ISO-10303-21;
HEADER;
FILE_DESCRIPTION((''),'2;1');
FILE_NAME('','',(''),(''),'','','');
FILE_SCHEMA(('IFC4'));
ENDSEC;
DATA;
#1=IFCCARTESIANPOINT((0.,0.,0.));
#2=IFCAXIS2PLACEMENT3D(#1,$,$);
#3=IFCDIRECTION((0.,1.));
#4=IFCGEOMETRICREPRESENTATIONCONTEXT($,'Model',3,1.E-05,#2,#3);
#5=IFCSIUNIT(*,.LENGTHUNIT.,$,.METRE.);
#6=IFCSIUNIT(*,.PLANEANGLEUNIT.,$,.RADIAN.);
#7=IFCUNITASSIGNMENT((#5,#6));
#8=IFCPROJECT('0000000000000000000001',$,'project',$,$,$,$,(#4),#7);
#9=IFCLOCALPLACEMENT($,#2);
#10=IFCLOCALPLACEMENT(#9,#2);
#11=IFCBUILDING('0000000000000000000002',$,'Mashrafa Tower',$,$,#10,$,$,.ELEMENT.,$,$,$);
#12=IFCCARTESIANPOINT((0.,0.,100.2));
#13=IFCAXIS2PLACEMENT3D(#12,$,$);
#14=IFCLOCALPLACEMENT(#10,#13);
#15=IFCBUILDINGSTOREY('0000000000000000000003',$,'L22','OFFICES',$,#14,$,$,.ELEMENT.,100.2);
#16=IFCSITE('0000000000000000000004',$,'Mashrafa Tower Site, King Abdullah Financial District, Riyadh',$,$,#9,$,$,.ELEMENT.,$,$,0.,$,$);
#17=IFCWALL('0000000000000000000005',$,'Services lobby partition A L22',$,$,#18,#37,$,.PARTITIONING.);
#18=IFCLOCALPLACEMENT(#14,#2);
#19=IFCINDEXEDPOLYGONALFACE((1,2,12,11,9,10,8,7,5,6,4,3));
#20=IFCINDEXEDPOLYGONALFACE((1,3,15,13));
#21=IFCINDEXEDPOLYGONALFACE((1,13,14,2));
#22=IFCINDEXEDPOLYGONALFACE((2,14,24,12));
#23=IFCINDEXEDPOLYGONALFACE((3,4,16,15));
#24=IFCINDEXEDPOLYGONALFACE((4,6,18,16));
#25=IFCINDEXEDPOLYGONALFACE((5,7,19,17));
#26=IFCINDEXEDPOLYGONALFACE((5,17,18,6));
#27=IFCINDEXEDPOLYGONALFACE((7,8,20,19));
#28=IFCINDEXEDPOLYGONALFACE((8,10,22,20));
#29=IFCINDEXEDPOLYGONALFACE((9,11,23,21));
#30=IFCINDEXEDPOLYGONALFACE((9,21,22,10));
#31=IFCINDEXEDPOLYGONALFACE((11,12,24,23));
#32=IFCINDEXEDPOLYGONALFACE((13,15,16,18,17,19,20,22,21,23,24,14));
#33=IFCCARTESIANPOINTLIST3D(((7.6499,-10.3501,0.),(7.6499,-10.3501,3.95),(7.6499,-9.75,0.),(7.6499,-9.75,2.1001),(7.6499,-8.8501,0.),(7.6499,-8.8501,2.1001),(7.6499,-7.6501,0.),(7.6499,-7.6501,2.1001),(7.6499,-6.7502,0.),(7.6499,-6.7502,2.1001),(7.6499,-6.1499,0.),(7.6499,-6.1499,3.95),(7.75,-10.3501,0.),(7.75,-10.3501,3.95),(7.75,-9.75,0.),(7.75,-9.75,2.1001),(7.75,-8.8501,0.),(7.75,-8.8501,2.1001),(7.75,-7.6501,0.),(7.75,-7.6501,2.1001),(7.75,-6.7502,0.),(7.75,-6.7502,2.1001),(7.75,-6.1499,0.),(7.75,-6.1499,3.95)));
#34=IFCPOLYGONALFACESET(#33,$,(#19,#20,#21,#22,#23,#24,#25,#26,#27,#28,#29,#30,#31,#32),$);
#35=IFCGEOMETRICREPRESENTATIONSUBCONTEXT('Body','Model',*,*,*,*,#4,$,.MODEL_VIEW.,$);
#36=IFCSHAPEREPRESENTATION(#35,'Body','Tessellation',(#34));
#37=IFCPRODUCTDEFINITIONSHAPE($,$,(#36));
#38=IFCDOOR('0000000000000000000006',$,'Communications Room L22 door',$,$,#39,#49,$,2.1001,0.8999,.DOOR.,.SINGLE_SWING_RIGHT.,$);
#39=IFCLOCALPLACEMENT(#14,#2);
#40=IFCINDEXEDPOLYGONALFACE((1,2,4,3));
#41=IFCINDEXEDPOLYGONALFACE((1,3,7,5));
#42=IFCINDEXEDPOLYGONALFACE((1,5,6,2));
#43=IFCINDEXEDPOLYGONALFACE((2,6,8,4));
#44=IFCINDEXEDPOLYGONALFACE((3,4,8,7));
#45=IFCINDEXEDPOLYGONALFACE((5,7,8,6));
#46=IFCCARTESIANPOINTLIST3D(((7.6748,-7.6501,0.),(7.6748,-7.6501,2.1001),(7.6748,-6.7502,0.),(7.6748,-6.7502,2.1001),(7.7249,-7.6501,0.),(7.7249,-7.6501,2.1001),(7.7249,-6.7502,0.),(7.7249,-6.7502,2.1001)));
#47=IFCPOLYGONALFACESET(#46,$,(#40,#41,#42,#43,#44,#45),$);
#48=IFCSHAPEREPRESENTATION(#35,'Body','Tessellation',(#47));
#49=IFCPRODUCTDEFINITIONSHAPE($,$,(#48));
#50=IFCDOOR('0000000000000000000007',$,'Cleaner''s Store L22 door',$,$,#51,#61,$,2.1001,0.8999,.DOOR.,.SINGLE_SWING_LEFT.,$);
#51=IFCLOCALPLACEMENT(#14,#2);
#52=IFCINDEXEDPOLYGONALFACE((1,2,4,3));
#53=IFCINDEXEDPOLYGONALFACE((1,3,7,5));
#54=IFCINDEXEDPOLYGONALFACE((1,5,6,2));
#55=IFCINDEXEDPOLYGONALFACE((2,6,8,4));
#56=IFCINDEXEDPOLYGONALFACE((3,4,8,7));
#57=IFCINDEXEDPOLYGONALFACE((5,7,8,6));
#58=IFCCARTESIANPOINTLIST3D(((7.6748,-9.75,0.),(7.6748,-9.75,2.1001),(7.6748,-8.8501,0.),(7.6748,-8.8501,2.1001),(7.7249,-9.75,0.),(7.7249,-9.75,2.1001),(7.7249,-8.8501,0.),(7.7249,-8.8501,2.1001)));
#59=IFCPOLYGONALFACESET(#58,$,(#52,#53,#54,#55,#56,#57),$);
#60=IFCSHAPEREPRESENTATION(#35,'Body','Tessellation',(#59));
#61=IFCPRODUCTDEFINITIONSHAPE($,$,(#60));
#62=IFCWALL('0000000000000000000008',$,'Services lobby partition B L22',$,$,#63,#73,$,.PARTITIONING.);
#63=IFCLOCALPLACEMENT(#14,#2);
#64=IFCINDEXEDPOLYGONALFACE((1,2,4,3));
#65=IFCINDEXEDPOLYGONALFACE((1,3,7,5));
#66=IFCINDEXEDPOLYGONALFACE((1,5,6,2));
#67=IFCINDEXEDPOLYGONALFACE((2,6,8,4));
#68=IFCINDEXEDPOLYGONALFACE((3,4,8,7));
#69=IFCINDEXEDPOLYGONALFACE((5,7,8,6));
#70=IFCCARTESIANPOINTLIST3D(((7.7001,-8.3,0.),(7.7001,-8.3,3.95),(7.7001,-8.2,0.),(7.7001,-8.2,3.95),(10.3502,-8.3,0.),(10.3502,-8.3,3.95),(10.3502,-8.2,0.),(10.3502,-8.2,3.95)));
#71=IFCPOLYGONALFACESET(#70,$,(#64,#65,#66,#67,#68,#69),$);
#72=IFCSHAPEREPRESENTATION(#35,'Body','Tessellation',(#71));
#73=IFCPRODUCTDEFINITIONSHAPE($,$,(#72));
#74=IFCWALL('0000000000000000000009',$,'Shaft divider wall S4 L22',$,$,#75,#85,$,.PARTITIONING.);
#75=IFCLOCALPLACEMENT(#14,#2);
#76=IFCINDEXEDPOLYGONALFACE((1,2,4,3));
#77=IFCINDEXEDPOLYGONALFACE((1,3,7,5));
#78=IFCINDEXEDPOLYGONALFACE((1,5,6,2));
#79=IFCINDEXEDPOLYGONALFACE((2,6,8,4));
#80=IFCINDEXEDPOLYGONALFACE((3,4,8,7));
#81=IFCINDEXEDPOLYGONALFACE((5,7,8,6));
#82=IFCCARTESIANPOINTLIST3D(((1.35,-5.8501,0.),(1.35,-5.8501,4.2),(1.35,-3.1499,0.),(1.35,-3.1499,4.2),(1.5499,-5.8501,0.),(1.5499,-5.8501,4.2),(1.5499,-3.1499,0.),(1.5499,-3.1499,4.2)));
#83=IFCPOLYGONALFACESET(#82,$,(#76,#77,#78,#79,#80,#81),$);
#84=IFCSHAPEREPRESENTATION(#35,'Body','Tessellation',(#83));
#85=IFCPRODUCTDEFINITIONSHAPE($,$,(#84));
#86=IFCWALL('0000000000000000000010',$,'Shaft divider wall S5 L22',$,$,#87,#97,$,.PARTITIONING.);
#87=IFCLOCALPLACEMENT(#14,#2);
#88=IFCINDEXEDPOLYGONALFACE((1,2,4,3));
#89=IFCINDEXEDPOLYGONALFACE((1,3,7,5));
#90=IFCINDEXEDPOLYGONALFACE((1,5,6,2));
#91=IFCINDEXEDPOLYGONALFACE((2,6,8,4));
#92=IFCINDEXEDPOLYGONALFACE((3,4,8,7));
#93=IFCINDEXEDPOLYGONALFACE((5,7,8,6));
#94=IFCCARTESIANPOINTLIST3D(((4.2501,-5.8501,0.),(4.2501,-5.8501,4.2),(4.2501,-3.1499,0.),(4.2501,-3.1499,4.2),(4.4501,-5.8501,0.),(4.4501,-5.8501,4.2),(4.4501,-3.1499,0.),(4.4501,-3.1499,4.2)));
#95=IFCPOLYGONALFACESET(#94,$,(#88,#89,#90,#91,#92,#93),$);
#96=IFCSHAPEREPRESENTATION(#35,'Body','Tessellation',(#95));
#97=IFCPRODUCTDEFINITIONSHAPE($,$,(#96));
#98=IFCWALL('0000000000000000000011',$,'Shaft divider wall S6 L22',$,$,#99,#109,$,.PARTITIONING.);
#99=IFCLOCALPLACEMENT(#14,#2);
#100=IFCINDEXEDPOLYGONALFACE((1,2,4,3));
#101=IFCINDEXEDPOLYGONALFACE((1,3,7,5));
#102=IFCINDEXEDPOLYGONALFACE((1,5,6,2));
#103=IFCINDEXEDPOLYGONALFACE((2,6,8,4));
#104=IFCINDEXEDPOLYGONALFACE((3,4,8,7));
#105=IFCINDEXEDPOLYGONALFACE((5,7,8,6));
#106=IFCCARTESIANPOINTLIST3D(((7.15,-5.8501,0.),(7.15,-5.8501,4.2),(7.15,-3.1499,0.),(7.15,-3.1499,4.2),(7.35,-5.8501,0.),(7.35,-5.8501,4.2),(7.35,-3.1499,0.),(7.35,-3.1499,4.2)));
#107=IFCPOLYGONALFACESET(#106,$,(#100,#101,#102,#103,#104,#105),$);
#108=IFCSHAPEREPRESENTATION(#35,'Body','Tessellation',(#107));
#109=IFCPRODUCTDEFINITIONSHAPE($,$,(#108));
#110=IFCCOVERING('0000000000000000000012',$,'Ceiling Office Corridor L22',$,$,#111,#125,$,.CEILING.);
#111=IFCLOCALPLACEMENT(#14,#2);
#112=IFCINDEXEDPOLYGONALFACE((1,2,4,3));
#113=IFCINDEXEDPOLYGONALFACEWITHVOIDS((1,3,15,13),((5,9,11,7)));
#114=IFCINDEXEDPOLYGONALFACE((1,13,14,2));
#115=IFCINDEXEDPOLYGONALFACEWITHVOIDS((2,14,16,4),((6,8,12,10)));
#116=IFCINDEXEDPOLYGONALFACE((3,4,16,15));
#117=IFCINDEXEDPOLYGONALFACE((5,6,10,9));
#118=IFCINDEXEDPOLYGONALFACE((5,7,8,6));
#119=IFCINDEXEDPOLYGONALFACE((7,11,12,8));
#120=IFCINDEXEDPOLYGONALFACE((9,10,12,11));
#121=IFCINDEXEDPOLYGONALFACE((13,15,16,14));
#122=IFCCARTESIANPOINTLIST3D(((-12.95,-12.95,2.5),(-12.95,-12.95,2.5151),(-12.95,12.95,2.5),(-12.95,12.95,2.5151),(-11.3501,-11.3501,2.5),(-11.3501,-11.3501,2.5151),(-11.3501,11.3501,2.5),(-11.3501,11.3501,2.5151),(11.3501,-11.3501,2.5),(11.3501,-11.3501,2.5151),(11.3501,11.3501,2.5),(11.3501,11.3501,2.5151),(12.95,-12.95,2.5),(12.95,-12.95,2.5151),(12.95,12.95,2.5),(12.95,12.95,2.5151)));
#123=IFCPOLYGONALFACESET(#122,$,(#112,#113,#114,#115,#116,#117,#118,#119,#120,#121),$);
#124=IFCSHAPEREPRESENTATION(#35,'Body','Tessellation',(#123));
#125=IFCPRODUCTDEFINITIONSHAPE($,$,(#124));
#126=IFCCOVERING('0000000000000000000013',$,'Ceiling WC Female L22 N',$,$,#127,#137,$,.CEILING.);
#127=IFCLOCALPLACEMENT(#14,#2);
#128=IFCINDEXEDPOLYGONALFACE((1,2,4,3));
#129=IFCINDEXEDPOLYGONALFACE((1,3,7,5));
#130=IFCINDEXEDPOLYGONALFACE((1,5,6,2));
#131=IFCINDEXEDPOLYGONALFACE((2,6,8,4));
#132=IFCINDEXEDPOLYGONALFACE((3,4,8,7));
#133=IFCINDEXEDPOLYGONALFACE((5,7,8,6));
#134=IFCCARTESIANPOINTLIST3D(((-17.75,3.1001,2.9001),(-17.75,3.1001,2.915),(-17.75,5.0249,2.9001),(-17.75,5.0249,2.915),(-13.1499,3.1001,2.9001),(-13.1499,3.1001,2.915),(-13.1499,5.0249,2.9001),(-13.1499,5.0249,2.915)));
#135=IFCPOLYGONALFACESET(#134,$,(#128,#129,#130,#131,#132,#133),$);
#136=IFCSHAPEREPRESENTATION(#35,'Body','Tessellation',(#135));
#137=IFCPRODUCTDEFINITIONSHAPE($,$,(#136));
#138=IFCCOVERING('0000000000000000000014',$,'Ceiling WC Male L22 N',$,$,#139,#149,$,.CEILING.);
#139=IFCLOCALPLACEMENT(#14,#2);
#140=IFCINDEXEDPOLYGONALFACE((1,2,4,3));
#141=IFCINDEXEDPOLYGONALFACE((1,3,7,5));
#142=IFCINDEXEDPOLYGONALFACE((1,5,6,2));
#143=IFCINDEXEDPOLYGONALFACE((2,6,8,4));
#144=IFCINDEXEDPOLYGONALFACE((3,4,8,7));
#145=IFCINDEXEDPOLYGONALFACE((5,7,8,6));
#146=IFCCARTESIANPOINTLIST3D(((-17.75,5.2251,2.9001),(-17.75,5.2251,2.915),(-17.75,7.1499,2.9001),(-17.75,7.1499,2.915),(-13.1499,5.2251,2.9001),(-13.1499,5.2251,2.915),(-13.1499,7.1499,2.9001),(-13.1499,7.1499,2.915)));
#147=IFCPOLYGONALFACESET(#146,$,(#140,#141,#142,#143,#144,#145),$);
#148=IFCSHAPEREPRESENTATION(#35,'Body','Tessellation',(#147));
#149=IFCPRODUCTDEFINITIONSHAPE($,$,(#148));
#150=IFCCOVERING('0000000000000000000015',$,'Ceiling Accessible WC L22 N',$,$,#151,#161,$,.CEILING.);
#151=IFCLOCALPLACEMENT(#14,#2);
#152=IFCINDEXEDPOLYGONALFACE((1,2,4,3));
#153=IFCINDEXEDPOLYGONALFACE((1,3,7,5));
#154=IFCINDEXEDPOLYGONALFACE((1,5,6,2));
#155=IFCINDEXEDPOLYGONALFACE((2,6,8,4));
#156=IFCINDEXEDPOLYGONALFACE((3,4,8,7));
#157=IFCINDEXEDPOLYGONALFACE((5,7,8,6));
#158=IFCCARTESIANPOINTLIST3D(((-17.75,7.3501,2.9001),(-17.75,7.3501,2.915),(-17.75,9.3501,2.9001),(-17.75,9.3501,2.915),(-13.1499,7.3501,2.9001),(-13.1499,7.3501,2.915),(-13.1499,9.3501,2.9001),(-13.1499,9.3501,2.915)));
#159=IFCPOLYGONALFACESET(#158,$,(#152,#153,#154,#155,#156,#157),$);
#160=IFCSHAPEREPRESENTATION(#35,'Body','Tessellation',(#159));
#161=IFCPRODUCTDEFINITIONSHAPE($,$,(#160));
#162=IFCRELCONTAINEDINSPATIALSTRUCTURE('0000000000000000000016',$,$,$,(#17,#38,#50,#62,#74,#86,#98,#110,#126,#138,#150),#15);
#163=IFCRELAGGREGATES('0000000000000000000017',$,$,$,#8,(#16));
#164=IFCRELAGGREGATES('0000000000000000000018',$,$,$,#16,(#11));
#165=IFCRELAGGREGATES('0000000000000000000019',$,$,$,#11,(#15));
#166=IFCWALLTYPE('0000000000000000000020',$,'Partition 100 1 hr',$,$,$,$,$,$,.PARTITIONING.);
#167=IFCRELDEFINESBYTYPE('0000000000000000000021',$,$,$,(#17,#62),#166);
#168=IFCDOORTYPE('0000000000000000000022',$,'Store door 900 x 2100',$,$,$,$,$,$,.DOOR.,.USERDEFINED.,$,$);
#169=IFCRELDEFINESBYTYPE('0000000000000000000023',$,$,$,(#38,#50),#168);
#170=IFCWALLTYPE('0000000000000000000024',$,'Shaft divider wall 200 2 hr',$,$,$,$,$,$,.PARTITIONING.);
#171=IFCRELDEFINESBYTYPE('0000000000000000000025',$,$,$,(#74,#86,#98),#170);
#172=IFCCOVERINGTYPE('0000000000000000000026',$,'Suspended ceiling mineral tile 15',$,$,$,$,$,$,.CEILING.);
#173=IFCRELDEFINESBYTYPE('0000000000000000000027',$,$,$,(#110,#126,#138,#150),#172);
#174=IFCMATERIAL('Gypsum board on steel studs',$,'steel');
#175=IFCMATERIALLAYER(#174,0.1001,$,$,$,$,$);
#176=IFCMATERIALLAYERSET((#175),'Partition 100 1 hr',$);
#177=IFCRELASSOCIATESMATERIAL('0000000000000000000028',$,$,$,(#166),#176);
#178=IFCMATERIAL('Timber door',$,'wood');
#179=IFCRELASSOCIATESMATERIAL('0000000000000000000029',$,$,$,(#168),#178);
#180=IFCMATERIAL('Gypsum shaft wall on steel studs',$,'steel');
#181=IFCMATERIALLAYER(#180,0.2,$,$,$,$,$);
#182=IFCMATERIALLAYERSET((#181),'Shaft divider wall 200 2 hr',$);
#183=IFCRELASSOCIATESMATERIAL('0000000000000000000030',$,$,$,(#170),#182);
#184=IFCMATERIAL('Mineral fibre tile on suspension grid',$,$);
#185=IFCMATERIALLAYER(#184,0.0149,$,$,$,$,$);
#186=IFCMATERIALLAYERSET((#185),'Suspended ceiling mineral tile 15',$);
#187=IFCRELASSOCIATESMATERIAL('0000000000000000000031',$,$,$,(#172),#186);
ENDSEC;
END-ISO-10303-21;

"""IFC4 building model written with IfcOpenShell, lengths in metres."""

from ifc_helpers import new_model, si_unit, direction, frame, frame_2d, origin, place, context, subcontext, project, spatial, polyline, rectangle, outline, extrude, material, layer, layer_set, type_object, element, fill, save


model = new_model("IFC4")

# Units and contexts
model_context = context("Model", 3, precision=1e-05, world=origin(), true_north=direction((0.0, 1.0)))
body_context = subcontext(model_context, "Body", "Model", "MODEL_VIEW")
ifc_project = project(units=[si_unit("LENGTHUNIT", "METRE"), si_unit("PLANEANGLEUNIT", "RADIAN")], contexts=[model_context])

# Site, building, storey
site_placement = place(None, origin())
site = spatial("IfcSite", under=ifc_project, at=site_placement, Name="Mashrafa Tower Site, King Abdullah Financial District, Riyadh", CompositionType="ELEMENT", RefElevation=0.0)
building_placement = place(site_placement, origin())
building = spatial("IfcBuilding", under=site, at=building_placement, Name="Mashrafa Tower", CompositionType="ELEMENT")
storey_placement = place(building_placement, frame((0.0, 0.0, 100.2)))
storey = spatial("IfcBuildingStorey", under=building, at=storey_placement, Name="L22", Description="OFFICES", CompositionType="ELEMENT", Elevation=100.2)

# Wall, openings, doors
ifc_material_1 = material(Name="Gypsum board on steel studs", Category="steel")
ifc_layer_1 = layer(ifc_material_1, 0.1001)
ifc_layer_set_1 = layer_set([ifc_layer_1], Name="Partition 100 1 hr")
wall_type_1 = type_object("IfcWallType", Name="Partition 100 1 hr", PredefinedType="PARTITIONING", material=ifc_layer_set_1)
wall_1_placement = place(storey_placement, frame((7.7, -10.3501, 0.0), z_axis=(0.0, 0.0, 1.0), x_axis=(0.0, 1.0, 0.0)))
wall_1 = element("IfcWall", 1, at=wall_1_placement, inside=storey, type_object=wall_type_1, Name="Services lobby partition A L22", PredefinedType="PARTITIONING", context=body_context, shape_type="SweptSolid", body=[
    extrude(rectangle(XDim=4.2002, YDim=0.1001, at=frame_2d((2.1001, 0.0))), origin(), (0.0, 0.0, 1.0), 3.95),
])
opening_1_placement = place(wall_1_placement, frame((2.7, 0.0, 0.0)))
opening_1 = element("IfcOpeningElement", 2, at=opening_1_placement, cuts=wall_1, PredefinedType="OPENING", context=body_context, shape_type="SweptSolid", body=[
    extrude(rectangle(XDim=0.8999, YDim=2.1001, at=frame_2d((0.45, 1.05))), frame((0.0, 0.0601, 0.0), z_axis=(0.0, -1.0, 0.0), x_axis=(1.0, 0.0, 0.0)), (0.0, 0.0, 1.0), 0.1201),
])
opening_2_placement = place(wall_1_placement, frame((0.6001, 0.0, 0.0)))
opening_2 = element("IfcOpeningElement", 3, at=opening_2_placement, cuts=wall_1, PredefinedType="OPENING", context=body_context, shape_type="SweptSolid", body=[
    extrude(rectangle(XDim=0.8999, YDim=2.1001, at=frame_2d((0.45, 1.05))), frame((0.0, 0.0601, 0.0), z_axis=(0.0, -1.0, 0.0), x_axis=(1.0, 0.0, 0.0)), (0.0, 0.0, 1.0), 0.1201),
])
ifc_material_2 = material(Name="Timber door", Category="wood")
door_type_1 = type_object("IfcDoorType", Name="Store door 900 x 2100", OperationType="USERDEFINED", PredefinedType="DOOR", material=ifc_material_2)
door_1_placement = place(opening_1_placement, frame((0.8999, 0.0, 0.0), z_axis=(0.0, 0.0, 1.0), x_axis=(-1.0, 0.0, 0.0)))
door_1 = element("IfcDoor", 4, at=door_1_placement, inside=storey, type_object=door_type_1, Name="Communications Room L22 door", OperationType="SINGLE_SWING_RIGHT", OverallHeight=2.1001, OverallWidth=0.8999, PredefinedType="DOOR", context=body_context, shape_type="SweptSolid", body=[
    extrude(rectangle(XDim=0.8999, YDim=2.1001, at=frame_2d((0.45, 1.05))), frame((0.0, 0.0249, 0.0), z_axis=(0.0, -1.0, 0.0), x_axis=(1.0, 0.0, 0.0)), (0.0, 0.0, 1.0), 0.05),
])
fill(opening_1, door_1)
door_2_placement = place(opening_2_placement, frame((0.8999, 0.0, 0.0), z_axis=(0.0, 0.0, 1.0), x_axis=(-1.0, 0.0, 0.0)))
door_2 = element("IfcDoor", 5, at=door_2_placement, inside=storey, type_object=door_type_1, Name="Cleaner's Store L22 door", OperationType="SINGLE_SWING_LEFT", OverallHeight=2.1001, OverallWidth=0.8999, PredefinedType="DOOR", context=body_context, shape_type="SweptSolid", body=[
    extrude(rectangle(XDim=0.8999, YDim=2.1001, at=frame_2d((0.45, 1.05))), frame((0.0, 0.0249, 0.0), z_axis=(0.0, -1.0, 0.0), x_axis=(1.0, 0.0, 0.0)), (0.0, 0.0, 1.0), 0.05),
])
fill(opening_2, door_2)

# Walls
wall_2_placement = place(storey_placement, frame((7.7, -8.25, 0.0), z_axis=(0.0, 0.0, 1.0), x_axis=(1.0, 0.0, 0.0)))
element("IfcWall", 6, at=wall_2_placement, inside=storey, type_object=wall_type_1, Name="Services lobby partition B L22", PredefinedType="PARTITIONING", context=body_context, shape_type="SweptSolid", body=[
    extrude(rectangle(XDim=2.6501, YDim=0.1001, at=frame_2d((1.3252, 0.0))), origin(), (0.0, 0.0, 1.0), 3.95),
])
ifc_material_3 = material(Name="Gypsum shaft wall on steel studs", Category="steel")
ifc_layer_2 = layer(ifc_material_3, 0.2)
ifc_layer_set_2 = layer_set([ifc_layer_2], Name="Shaft divider wall 200 2 hr")
wall_type_2 = type_object("IfcWallType", Name="Shaft divider wall 200 2 hr", PredefinedType="PARTITIONING", material=ifc_layer_set_2)
for number, where, z_axis, x_axis, name in (
    (7, (1.45, -5.8501, 0.0), (0.0, 0.0, 1.0), (0.0, 1.0, 0.0), "Shaft divider wall S4 L22"),
    (8, (4.3501, -5.8501, 0.0), (0.0, 0.0, 1.0), (0.0, 1.0, 0.0), "Shaft divider wall S5 L22"),
    (9, (7.25, -5.8501, 0.0), (0.0, 0.0, 1.0), (0.0, 1.0, 0.0), "Shaft divider wall S6 L22"),
):
    element("IfcWall", number, at=place(storey_placement, frame(where, z_axis=z_axis, x_axis=x_axis)), inside=storey, type_object=wall_type_2, Name=name, PredefinedType="PARTITIONING", context=body_context, shape_type="SweptSolid", body=[
        extrude(rectangle(XDim=2.7002, YDim=0.2, at=frame_2d((1.3501, 0.0))), origin(), (0.0, 0.0, 1.0), 4.2),
    ])

# Coverings
ifc_material_4 = material(Name="Mineral fibre tile on suspension grid")
ifc_layer_3 = layer(ifc_material_4, 0.0149)
ifc_layer_set_3 = layer_set([ifc_layer_3], Name="Suspended ceiling mineral tile 15")
covering_type = type_object("IfcCoveringType", Name="Suspended ceiling mineral tile 15", PredefinedType="CEILING", material=ifc_layer_set_3)
covering_1_placement = place(storey_placement, frame((0.0, 0.0, 2.5)))
element("IfcCovering", 10, at=covering_1_placement, inside=storey, type_object=covering_type, Name="Ceiling Office Corridor L22", PredefinedType="CEILING", context=body_context, shape_type="SweptSolid", body=[
    extrude(outline(polyline([(-12.95, -12.95), (-12.95, 12.95), (12.95, 12.95), (12.95, -12.95), (-12.95, -12.95)]), holes=[polyline([(11.3501, 11.3501), (-11.3501, 11.3501), (-11.3501, -11.3501), (11.3501, -11.3501), (11.3501, 11.3501)])]), origin(), (0.0, 0.0, 1.0), 0.0151),
])
covering_2_placement = place(storey_placement, frame((0.0, 0.0, 2.9001)))
element("IfcCovering", 11, at=covering_2_placement, inside=storey, type_object=covering_type, Name="Ceiling WC Female L22 N", PredefinedType="CEILING", context=body_context, shape_type="SweptSolid", body=[
    extrude(outline(polyline([(-17.75, 3.1001), (-17.75, 5.0249), (-13.1499, 5.0249), (-13.1499, 3.1001), (-17.75, 3.1001)])), origin(), (0.0, 0.0, 1.0), 0.0149),
])
covering_3_placement = place(storey_placement, frame((0.0, 0.0, 2.9001)))
element("IfcCovering", 12, at=covering_3_placement, inside=storey, type_object=covering_type, Name="Ceiling WC Male L22 N", PredefinedType="CEILING", context=body_context, shape_type="SweptSolid", body=[
    extrude(outline(polyline([(-17.75, 5.2251), (-17.75, 7.1499), (-13.1499, 7.1499), (-13.1499, 5.2251), (-17.75, 5.2251)])), origin(), (0.0, 0.0, 1.0), 0.0149),
])
covering_4_placement = place(storey_placement, frame((0.0, 0.0, 2.9001)))
element("IfcCovering", 13, at=covering_4_placement, inside=storey, type_object=covering_type, Name="Ceiling Accessible WC L22 N", PredefinedType="CEILING", context=body_context, shape_type="SweptSolid", body=[
    extrude(outline(polyline([(-17.75, 7.3501), (-17.75, 9.3501), (-13.1499, 9.3501), (-13.1499, 7.3501), (-17.75, 7.3501)])), origin(), (0.0, 0.0, 1.0), 0.0149),
])

save(model, "model.ifc")
